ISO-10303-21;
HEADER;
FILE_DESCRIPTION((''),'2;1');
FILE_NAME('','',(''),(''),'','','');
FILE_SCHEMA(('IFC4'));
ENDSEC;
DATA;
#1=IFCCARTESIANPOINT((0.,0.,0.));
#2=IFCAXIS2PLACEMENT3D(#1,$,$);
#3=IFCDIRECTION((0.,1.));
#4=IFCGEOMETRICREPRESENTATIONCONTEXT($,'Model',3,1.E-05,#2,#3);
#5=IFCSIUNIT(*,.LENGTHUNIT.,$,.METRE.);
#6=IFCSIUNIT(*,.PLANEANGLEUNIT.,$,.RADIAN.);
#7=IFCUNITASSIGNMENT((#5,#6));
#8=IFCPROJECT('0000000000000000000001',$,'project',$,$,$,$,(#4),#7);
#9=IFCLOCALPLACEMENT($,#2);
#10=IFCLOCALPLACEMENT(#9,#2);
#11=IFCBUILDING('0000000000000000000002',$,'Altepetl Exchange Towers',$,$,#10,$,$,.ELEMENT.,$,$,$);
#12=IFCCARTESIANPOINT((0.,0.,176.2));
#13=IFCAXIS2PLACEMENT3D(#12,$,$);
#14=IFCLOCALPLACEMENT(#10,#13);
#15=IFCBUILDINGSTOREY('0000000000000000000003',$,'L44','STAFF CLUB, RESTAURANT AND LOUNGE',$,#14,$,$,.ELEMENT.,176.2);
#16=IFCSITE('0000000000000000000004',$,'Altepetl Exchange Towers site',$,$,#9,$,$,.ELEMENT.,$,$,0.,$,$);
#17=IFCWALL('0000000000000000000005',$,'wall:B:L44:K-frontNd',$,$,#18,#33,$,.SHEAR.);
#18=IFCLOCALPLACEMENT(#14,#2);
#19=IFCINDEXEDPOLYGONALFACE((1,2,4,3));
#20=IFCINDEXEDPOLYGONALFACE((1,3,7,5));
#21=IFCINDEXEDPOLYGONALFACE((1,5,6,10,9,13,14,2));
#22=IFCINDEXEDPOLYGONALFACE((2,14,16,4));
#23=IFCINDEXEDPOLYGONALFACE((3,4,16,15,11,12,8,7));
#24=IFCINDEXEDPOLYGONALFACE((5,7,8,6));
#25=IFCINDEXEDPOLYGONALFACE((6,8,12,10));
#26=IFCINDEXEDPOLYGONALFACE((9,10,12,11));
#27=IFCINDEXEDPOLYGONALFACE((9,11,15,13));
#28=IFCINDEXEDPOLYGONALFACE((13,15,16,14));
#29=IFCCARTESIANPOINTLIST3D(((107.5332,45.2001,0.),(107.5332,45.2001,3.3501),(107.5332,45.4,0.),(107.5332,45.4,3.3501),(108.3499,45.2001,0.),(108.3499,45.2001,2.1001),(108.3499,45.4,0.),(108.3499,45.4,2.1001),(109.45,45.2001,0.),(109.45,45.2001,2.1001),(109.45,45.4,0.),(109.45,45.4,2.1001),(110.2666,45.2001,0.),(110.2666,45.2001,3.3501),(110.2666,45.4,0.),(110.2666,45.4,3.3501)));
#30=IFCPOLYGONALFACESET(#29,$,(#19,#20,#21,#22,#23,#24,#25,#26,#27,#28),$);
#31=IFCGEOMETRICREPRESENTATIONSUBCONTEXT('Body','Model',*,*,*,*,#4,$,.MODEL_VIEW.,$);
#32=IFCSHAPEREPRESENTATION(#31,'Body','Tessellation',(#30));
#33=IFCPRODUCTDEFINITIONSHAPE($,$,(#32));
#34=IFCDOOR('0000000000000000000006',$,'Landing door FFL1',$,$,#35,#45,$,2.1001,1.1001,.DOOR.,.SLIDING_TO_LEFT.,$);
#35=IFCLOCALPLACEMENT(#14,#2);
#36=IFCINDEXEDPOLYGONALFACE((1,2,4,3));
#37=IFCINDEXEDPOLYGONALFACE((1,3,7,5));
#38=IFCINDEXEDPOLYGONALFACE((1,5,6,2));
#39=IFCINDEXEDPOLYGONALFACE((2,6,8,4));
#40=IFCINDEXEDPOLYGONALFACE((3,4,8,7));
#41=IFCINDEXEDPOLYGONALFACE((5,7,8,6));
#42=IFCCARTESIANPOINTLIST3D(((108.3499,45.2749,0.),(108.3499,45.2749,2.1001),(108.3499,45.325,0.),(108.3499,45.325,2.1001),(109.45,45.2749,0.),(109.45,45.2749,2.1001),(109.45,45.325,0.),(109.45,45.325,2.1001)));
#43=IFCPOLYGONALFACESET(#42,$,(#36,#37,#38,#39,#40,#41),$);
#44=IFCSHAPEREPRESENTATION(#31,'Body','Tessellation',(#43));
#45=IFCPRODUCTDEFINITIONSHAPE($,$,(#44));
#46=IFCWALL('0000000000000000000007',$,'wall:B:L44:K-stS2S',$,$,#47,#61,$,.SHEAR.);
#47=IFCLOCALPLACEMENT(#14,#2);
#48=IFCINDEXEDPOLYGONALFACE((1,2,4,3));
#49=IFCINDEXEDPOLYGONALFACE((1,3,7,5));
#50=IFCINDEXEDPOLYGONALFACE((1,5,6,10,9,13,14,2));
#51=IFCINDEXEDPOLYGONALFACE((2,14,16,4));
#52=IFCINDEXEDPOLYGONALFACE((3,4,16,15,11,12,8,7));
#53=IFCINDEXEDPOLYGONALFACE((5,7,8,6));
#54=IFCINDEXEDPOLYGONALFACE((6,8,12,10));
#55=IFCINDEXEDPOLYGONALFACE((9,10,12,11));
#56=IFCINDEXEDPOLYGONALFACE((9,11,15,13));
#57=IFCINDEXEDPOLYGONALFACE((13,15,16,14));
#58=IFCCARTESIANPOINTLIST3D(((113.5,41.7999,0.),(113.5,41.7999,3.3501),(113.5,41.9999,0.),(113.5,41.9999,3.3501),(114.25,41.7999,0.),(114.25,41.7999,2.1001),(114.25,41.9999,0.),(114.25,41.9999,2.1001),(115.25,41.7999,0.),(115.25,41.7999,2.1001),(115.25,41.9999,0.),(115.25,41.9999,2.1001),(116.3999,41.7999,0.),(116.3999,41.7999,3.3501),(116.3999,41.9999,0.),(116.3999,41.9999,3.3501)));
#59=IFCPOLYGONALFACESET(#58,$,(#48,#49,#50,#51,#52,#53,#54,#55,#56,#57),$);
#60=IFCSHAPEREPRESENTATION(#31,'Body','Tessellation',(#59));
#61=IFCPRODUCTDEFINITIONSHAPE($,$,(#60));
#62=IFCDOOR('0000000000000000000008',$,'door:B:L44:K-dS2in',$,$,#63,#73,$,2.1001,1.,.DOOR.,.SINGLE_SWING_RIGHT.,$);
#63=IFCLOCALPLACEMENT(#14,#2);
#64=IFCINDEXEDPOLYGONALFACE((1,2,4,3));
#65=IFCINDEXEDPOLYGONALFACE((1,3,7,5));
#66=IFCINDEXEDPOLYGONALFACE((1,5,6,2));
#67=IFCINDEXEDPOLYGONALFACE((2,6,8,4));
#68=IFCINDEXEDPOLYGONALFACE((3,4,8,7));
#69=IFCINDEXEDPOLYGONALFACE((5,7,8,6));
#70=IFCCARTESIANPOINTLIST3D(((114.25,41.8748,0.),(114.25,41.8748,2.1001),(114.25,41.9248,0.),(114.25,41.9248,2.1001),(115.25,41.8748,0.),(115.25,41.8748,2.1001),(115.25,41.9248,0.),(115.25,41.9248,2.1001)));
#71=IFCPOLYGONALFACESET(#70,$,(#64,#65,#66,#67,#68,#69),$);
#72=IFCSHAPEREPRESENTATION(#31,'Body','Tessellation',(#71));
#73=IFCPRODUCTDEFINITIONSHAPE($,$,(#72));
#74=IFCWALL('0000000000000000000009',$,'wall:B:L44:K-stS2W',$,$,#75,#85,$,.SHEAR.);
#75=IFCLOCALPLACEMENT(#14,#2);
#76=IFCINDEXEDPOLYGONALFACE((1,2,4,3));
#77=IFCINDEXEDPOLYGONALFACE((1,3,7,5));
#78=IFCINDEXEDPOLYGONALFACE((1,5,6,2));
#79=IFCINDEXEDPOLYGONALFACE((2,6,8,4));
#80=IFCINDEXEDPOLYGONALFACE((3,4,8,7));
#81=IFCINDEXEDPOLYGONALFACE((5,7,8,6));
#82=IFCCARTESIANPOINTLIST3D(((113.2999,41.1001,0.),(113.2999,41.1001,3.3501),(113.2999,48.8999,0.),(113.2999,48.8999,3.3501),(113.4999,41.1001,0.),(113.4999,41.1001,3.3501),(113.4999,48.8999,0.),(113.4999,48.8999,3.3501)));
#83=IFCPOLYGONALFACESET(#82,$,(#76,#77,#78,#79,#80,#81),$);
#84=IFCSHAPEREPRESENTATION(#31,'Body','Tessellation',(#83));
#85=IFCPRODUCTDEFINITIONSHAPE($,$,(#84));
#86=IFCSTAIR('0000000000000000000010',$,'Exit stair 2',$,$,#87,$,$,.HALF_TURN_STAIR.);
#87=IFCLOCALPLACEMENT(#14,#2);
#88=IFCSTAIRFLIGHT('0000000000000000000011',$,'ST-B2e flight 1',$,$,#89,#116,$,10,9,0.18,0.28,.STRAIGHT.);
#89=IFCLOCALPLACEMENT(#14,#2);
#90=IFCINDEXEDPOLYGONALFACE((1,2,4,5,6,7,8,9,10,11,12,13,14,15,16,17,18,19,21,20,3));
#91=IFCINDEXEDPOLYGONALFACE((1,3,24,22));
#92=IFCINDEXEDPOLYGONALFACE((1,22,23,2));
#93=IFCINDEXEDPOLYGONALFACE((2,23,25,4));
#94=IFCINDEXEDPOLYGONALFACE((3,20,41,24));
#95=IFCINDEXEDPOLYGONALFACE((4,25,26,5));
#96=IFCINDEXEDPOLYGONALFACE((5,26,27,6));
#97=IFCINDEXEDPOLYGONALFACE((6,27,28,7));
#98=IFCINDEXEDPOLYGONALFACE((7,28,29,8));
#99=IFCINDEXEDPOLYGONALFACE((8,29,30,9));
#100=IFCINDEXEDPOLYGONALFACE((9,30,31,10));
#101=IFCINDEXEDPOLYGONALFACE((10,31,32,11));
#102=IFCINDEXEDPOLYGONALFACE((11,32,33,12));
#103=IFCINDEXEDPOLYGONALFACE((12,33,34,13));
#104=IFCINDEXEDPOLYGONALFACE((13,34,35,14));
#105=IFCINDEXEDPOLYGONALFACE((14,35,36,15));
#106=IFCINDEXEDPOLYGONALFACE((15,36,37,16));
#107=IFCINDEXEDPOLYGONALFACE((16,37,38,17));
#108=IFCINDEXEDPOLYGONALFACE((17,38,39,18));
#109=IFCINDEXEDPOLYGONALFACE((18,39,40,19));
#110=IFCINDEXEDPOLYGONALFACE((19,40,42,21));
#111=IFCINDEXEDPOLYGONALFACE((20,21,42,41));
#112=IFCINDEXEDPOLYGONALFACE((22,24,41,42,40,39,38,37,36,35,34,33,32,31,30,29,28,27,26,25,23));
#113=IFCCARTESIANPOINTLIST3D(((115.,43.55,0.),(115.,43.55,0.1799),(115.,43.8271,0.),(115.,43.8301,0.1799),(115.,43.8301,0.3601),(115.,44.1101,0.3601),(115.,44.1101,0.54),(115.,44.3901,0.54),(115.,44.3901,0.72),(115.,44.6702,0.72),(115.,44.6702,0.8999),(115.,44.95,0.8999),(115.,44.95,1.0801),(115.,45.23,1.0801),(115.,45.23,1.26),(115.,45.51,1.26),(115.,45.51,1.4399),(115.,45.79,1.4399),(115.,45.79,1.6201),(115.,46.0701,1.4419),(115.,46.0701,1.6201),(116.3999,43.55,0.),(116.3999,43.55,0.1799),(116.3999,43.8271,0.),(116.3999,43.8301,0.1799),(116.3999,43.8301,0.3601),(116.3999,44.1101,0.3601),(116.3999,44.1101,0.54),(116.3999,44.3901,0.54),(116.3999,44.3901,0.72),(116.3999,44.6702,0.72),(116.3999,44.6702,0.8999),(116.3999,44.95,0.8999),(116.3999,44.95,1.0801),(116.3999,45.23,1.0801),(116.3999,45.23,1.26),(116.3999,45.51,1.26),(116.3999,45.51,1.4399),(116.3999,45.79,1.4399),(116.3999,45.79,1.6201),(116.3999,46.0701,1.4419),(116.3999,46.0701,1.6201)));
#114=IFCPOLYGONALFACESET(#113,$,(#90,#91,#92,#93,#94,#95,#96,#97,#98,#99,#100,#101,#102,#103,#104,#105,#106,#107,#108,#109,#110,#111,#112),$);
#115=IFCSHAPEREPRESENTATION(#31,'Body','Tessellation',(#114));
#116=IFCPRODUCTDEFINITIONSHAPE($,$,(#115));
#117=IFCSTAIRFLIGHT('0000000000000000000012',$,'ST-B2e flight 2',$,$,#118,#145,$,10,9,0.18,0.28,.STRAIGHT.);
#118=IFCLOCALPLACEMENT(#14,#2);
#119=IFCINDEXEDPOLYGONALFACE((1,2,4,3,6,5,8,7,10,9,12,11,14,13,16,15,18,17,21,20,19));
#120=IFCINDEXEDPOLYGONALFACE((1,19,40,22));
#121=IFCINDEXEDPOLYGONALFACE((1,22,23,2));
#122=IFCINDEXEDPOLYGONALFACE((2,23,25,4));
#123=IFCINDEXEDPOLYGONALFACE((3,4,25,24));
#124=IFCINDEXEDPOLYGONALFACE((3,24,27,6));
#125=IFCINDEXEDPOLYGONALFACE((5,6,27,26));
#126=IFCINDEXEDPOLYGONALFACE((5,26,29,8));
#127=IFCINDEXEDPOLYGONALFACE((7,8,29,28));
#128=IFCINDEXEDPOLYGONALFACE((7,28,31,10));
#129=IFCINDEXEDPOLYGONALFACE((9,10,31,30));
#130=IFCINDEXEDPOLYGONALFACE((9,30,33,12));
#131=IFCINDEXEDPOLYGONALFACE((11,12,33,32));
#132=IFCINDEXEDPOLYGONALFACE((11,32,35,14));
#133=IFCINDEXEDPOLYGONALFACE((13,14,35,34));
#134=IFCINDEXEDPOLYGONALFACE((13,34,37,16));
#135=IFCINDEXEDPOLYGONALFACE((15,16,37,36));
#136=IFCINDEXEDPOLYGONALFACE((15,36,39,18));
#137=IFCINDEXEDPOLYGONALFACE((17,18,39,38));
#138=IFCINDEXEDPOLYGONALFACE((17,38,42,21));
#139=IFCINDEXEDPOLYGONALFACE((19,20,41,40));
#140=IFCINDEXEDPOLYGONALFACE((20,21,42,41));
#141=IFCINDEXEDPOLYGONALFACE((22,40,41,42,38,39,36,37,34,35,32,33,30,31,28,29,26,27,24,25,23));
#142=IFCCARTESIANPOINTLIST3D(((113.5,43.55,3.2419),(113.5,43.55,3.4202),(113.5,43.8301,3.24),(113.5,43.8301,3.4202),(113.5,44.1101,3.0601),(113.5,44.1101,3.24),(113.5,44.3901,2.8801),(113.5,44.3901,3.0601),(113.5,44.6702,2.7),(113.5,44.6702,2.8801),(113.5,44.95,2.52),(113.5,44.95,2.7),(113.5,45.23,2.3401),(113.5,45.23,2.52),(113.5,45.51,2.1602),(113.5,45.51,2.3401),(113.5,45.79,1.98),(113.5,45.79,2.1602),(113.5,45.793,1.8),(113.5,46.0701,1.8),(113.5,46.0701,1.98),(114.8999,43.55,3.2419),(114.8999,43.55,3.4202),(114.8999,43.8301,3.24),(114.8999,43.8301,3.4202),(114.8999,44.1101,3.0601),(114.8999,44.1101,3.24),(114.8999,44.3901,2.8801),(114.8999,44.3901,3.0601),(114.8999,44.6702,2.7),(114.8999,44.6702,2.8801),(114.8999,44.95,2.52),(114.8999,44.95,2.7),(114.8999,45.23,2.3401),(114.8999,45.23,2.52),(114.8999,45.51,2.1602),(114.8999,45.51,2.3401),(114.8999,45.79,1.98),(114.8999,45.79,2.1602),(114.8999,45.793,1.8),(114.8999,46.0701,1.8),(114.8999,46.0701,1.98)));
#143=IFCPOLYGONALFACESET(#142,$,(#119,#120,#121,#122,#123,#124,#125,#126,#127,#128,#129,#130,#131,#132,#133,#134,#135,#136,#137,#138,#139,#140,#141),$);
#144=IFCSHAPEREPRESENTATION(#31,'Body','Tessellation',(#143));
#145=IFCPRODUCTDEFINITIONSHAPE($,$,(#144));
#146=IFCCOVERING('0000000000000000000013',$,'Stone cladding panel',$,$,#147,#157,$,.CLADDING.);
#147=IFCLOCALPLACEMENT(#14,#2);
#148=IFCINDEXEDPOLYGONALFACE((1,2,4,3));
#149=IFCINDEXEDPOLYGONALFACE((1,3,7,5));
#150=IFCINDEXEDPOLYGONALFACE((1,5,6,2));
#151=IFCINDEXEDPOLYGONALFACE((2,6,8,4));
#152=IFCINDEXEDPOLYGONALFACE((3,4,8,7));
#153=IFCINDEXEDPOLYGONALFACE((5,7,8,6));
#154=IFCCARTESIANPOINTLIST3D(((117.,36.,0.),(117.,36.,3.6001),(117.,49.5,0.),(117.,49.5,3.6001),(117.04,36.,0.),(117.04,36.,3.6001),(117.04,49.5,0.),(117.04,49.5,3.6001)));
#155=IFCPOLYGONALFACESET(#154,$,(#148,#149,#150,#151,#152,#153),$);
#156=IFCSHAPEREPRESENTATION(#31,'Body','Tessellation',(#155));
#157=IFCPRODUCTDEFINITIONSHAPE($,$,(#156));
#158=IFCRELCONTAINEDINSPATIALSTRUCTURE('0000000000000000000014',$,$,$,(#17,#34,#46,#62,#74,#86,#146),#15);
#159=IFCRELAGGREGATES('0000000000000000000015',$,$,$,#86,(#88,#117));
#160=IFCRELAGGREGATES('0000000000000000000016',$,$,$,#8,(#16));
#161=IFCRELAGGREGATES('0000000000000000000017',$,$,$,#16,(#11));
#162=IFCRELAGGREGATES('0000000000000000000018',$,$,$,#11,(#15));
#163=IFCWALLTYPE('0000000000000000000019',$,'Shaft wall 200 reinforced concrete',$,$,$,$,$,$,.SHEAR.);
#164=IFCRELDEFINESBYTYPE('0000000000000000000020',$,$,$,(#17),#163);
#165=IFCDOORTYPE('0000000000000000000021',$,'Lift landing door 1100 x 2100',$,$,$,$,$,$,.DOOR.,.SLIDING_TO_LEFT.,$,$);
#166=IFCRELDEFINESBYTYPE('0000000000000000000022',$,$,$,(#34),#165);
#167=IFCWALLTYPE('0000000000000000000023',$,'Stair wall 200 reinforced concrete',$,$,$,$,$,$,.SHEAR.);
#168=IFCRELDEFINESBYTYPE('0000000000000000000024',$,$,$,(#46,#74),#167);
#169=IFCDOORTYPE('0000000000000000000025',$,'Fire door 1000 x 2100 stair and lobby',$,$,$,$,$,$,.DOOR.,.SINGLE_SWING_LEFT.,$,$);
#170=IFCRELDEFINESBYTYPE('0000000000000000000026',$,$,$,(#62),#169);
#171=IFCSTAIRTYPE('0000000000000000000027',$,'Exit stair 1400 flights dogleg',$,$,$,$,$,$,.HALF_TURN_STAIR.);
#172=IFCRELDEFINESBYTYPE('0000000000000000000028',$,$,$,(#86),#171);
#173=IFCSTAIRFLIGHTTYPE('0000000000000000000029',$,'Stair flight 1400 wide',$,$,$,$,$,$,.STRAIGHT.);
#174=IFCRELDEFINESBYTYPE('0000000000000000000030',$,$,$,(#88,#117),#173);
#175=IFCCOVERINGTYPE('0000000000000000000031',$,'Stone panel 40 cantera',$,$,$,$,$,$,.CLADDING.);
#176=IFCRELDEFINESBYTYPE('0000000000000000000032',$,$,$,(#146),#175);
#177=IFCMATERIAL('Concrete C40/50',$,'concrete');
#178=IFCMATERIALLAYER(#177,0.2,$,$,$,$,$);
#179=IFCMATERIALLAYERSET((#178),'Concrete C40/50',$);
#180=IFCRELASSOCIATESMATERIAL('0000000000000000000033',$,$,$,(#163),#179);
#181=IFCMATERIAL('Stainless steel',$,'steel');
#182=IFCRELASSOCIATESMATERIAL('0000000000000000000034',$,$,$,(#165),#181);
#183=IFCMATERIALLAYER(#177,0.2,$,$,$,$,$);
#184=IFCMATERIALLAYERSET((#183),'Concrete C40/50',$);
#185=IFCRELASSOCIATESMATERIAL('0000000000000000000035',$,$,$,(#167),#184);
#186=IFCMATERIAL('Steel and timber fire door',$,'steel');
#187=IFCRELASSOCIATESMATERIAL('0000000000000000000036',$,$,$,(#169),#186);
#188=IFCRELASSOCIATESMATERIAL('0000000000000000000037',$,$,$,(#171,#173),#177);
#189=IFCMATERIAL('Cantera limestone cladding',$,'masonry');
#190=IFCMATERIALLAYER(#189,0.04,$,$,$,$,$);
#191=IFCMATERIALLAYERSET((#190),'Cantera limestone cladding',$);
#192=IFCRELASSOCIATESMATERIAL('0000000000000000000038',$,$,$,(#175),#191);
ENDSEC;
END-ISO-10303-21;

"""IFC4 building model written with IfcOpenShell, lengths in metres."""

from ifc_helpers import new_model, si_unit, direction, frame, frame_2d, origin, origin_2d, place, context, subcontext, project, spatial, polyline, rectangle, outline, extrude, material, layer, layer_set, type_object, element, fill, aggregate, save


model = new_model("IFC4")

# Units and contexts
model_context = context("Model", 3, precision=1e-05, world=origin(), true_north=direction((0.0, 1.0)))
body_context = subcontext(model_context, "Body", "Model", "MODEL_VIEW")
ifc_project = project(units=[si_unit("LENGTHUNIT", "METRE"), si_unit("PLANEANGLEUNIT", "RADIAN")], contexts=[model_context])

# Site, building, storey
site_placement = place(None, origin())
site = spatial("IfcSite", under=ifc_project, at=site_placement, Name="Altepetl Exchange Towers site", CompositionType="ELEMENT", RefElevation=0.0)
building_placement = place(site_placement, origin())
building = spatial("IfcBuilding", under=site, at=building_placement, Name="Altepetl Exchange Towers", CompositionType="ELEMENT")
storey_placement = place(building_placement, frame((0.0, 0.0, 176.2)))
storey = spatial("IfcBuildingStorey", under=building, at=storey_placement, Name="L44", Description="STAFF CLUB, RESTAURANT AND LOUNGE", CompositionType="ELEMENT", Elevation=176.2)

# Shared definitions
ifc_material_1 = material(Name="Steel and timber fire door", Category="steel")

# Walls, openings, doors
ifc_material_2 = material(Name="Concrete C40/50", Category="concrete")
ifc_layer_1 = layer(ifc_material_2, 0.2)
ifc_layer_set_1 = layer_set([ifc_layer_1], Name="Concrete C40/50")
wall_type_1 = type_object("IfcWallType", Name="Shaft wall 200 reinforced concrete", PredefinedType="SHEAR", material=ifc_layer_set_1)
ifc_material_3 = material(Name="Stainless steel", Category="steel")
wall_1_placement = place(storey_placement, frame((107.5332, 45.3, 0.0)))
wall_1 = element("IfcWall", 1, at=wall_1_placement, inside=storey, type_object=wall_type_1, Name="wall:B:L44:K-frontNd", PredefinedType="SHEAR", context=body_context, shape_type="SweptSolid", body=[
    extrude(rectangle(XDim=2.7334, YDim=0.2, at=frame_2d((1.3667, 0.0))), origin(), (0.0, 0.0, 1.0), 3.3501),
])
opening_1_placement = place(wall_1_placement, frame((0.8167, 0.0, 0.0)))
opening_1 = element("IfcOpeningElement", 2, at=opening_1_placement, cuts=wall_1, PredefinedType="OPENING", context=body_context, shape_type="SweptSolid", body=[
    extrude(rectangle(XDim=1.1001, YDim=2.1001, at=frame_2d((0.55, 1.05))), frame((0.0, 0.1099, 0.0), z_axis=(0.0, -1.0, 0.0), x_axis=(1.0, 0.0, 0.0)), (0.0, 0.0, 1.0), 0.22),
])
door_type_1 = type_object("IfcDoorType", Name="Lift landing door 1100 x 2100", OperationType="SLIDING_TO_LEFT", PredefinedType="DOOR", material=ifc_material_3)
door_1_placement = place(opening_1_placement, origin())
door_1 = element("IfcDoor", 3, at=door_1_placement, inside=storey, type_object=door_type_1, Name="Landing door FFL1", OperationType="SLIDING_TO_LEFT", OverallHeight=2.1001, OverallWidth=1.1001, PredefinedType="DOOR", context=body_context, shape_type="SweptSolid", body=[
    extrude(rectangle(XDim=1.1001, YDim=2.1001, at=frame_2d((0.55, 1.05))), frame((0.0, 0.0249, 0.0), z_axis=(0.0, -1.0, 0.0), x_axis=(1.0, 0.0, 0.0)), (0.0, 0.0, 1.0), 0.05),
])
fill(opening_1, door_1)
ifc_layer_2 = layer(ifc_material_2, 0.2)
ifc_layer_set_2 = layer_set([ifc_layer_2], Name="Concrete C40/50")
wall_type_2 = type_object("IfcWallType", Name="Stair wall 200 reinforced concrete", PredefinedType="SHEAR", material=ifc_layer_set_2)
wall_2_placement = place(storey_placement, frame((113.5, 41.8999, 0.0)))
wall_2 = element("IfcWall", 4, at=wall_2_placement, inside=storey, type_object=wall_type_2, Name="wall:B:L44:K-stS2S", PredefinedType="SHEAR", context=body_context, shape_type="SweptSolid", body=[
    extrude(rectangle(XDim=2.8999, YDim=0.2, at=frame_2d((1.45, 0.0))), origin(), (0.0, 0.0, 1.0), 3.3501),
])
opening_2_placement = place(wall_2_placement, frame((0.75, 0.0, 0.0)))
opening_2 = element("IfcOpeningElement", 5, at=opening_2_placement, cuts=wall_2, PredefinedType="OPENING", context=body_context, shape_type="SweptSolid", body=[
    extrude(rectangle(XDim=1.0, YDim=2.1001, at=frame_2d((0.5, 1.05))), frame((0.0, 0.1099, 0.0), z_axis=(0.0, -1.0, 0.0), x_axis=(1.0, 0.0, 0.0)), (0.0, 0.0, 1.0), 0.22),
])
door_type_2 = type_object("IfcDoorType", Name="Fire door 1000 x 2100 stair and lobby", OperationType="SINGLE_SWING_LEFT", PredefinedType="DOOR", material=ifc_material_1)
door_2_placement = place(opening_2_placement, origin())
door_2 = element("IfcDoor", 6, at=door_2_placement, inside=storey, type_object=door_type_2, Name="door:B:L44:K-dS2in", OperationType="SINGLE_SWING_RIGHT", OverallHeight=2.1001, OverallWidth=1.0, PredefinedType="DOOR", context=body_context, shape_type="SweptSolid", body=[
    extrude(rectangle(XDim=1.0, YDim=2.1001, at=frame_2d((0.5, 1.05))), frame((0.0, 0.0249, 0.0), z_axis=(0.0, -1.0, 0.0), x_axis=(1.0, 0.0, 0.0)), (0.0, 0.0, 1.0), 0.05),
])
fill(opening_2, door_2)

# Wall
wall_3_placement = place(storey_placement, frame((113.3999, 41.1001, 0.0), z_axis=(0.0, 0.0, 1.0), x_axis=(0.0, 1.0, 0.0)))
element("IfcWall", 7, at=wall_3_placement, inside=storey, type_object=wall_type_2, Name="wall:B:L44:K-stS2W", PredefinedType="SHEAR", context=body_context, shape_type="SweptSolid", body=[
    extrude(rectangle(XDim=7.7998, YDim=0.2, at=frame_2d((3.8999, 0.0))), origin(), (0.0, 0.0, 1.0), 3.3501),
])

# Stair, stair flights
stair_type = type_object("IfcStairType", Name="Exit stair 1400 flights dogleg", PredefinedType="HALF_TURN_STAIR", material=ifc_material_2)
stair_placement = place(storey_placement, origin())
stair = element("IfcStair", 8, at=stair_placement, inside=storey, type_object=stair_type, Name="Exit stair 2", PredefinedType="HALF_TURN_STAIR")
stair_flight_type = type_object("IfcStairFlightType", Name="Stair flight 1400 wide", PredefinedType="STRAIGHT", material=ifc_material_2)
stair_flight_1_placement = place(storey_placement, frame((115.7, 43.55, 0.0), z_axis=(0.0, 0.0, 1.0), x_axis=(0.0, 1.0, 0.0)))
stair_flight_1 = element("IfcStairFlight", 9, at=stair_flight_1_placement, type_object=stair_flight_type, Name="ST-B2e flight 1", NumberOfRisers=10, NumberOfTreads=9, PredefinedType="STRAIGHT", RiserHeight=0.18, TreadLength=0.28, context=body_context, shape_type="SweptSolid", body=[
    extrude(outline(polyline([(0.0, 0.0), (0.0, 0.1799), (0.28, 0.1799), (0.28, 0.3601), (0.5601, 0.3601), (0.5601, 0.54), (0.8401, 0.54), (0.8401, 0.72), (1.1201, 0.72), (1.1201, 0.8999), (1.3999, 0.8999), (1.3999, 1.0801), (1.6799, 1.0801), (1.6799, 1.26), (1.96, 1.26), (1.96, 1.4399), (2.24, 1.4399), (2.24, 1.6201), (2.52, 1.6201), (2.52, 1.8), (2.52, 1.4419), (0.2771, 0.0), (0.0, 0.0)])), frame((0.0, 0.7, 0.0), z_axis=(0.0, -1.0, 0.0), x_axis=(1.0, 0.0, 0.0)), (0.0, 0.0, 1.0), 1.3999),
])
stair_flight_2_placement = place(storey_placement, frame((114.2, 46.0701, 1.8), z_axis=(0.0, 0.0, 1.0), x_axis=(0.0, -1.0, 0.0)))
stair_flight_2 = element("IfcStairFlight", 10, at=stair_flight_2_placement, type_object=stair_flight_type, Name="ST-B2e flight 2", NumberOfRisers=10, NumberOfTreads=9, PredefinedType="STRAIGHT", RiserHeight=0.18, TreadLength=0.28, context=body_context, shape_type="SweptSolid", body=[
    extrude(outline(polyline([(0.0, 0.0), (0.0, 0.1799), (0.28, 0.1799), (0.28, 0.3601), (0.5601, 0.3601), (0.5601, 0.54), (0.8401, 0.54), (0.8401, 0.72), (1.1201, 0.72), (1.1201, 0.8999), (1.3999, 0.8999), (1.3999, 1.0801), (1.6799, 1.0801), (1.6799, 1.26), (1.96, 1.26), (1.96, 1.4399), (2.24, 1.4399), (2.24, 1.6201), (2.52, 1.6201), (2.52, 1.8), (2.52, 1.4419), (0.2771, 0.0), (0.0, 0.0)])), frame((0.0, 0.7, 0.0), z_axis=(0.0, -1.0, 0.0), x_axis=(1.0, 0.0, 0.0)), (0.0, 0.0, 1.0), 1.3999),
])
aggregate(stair, [stair_flight_1, stair_flight_2])

# Covering
ifc_material_4 = material(Name="Cantera limestone cladding", Category="masonry")
ifc_layer_3 = layer(ifc_material_4, 0.04)
ifc_layer_set_3 = layer_set([ifc_layer_3], Name="Cantera limestone cladding")
covering_type = type_object("IfcCoveringType", Name="Stone panel 40 cantera", PredefinedType="CLADDING", material=ifc_layer_set_3)
covering_placement = place(storey_placement, frame((117.02, 42.75, 0.0), z_axis=(0.0, 0.0, 1.0), x_axis=(0.0, 1.0, 0.0)))
element("IfcCovering", 11, at=covering_placement, inside=storey, type_object=covering_type, Name="Stone cladding panel", PredefinedType="CLADDING", context=body_context, shape_type="SweptSolid", body=[
    extrude(rectangle(XDim=13.5, YDim=0.04, at=origin_2d()), origin(), (0.0, 0.0, 1.0), 3.6001),
])

save(model, "model.ifc")
